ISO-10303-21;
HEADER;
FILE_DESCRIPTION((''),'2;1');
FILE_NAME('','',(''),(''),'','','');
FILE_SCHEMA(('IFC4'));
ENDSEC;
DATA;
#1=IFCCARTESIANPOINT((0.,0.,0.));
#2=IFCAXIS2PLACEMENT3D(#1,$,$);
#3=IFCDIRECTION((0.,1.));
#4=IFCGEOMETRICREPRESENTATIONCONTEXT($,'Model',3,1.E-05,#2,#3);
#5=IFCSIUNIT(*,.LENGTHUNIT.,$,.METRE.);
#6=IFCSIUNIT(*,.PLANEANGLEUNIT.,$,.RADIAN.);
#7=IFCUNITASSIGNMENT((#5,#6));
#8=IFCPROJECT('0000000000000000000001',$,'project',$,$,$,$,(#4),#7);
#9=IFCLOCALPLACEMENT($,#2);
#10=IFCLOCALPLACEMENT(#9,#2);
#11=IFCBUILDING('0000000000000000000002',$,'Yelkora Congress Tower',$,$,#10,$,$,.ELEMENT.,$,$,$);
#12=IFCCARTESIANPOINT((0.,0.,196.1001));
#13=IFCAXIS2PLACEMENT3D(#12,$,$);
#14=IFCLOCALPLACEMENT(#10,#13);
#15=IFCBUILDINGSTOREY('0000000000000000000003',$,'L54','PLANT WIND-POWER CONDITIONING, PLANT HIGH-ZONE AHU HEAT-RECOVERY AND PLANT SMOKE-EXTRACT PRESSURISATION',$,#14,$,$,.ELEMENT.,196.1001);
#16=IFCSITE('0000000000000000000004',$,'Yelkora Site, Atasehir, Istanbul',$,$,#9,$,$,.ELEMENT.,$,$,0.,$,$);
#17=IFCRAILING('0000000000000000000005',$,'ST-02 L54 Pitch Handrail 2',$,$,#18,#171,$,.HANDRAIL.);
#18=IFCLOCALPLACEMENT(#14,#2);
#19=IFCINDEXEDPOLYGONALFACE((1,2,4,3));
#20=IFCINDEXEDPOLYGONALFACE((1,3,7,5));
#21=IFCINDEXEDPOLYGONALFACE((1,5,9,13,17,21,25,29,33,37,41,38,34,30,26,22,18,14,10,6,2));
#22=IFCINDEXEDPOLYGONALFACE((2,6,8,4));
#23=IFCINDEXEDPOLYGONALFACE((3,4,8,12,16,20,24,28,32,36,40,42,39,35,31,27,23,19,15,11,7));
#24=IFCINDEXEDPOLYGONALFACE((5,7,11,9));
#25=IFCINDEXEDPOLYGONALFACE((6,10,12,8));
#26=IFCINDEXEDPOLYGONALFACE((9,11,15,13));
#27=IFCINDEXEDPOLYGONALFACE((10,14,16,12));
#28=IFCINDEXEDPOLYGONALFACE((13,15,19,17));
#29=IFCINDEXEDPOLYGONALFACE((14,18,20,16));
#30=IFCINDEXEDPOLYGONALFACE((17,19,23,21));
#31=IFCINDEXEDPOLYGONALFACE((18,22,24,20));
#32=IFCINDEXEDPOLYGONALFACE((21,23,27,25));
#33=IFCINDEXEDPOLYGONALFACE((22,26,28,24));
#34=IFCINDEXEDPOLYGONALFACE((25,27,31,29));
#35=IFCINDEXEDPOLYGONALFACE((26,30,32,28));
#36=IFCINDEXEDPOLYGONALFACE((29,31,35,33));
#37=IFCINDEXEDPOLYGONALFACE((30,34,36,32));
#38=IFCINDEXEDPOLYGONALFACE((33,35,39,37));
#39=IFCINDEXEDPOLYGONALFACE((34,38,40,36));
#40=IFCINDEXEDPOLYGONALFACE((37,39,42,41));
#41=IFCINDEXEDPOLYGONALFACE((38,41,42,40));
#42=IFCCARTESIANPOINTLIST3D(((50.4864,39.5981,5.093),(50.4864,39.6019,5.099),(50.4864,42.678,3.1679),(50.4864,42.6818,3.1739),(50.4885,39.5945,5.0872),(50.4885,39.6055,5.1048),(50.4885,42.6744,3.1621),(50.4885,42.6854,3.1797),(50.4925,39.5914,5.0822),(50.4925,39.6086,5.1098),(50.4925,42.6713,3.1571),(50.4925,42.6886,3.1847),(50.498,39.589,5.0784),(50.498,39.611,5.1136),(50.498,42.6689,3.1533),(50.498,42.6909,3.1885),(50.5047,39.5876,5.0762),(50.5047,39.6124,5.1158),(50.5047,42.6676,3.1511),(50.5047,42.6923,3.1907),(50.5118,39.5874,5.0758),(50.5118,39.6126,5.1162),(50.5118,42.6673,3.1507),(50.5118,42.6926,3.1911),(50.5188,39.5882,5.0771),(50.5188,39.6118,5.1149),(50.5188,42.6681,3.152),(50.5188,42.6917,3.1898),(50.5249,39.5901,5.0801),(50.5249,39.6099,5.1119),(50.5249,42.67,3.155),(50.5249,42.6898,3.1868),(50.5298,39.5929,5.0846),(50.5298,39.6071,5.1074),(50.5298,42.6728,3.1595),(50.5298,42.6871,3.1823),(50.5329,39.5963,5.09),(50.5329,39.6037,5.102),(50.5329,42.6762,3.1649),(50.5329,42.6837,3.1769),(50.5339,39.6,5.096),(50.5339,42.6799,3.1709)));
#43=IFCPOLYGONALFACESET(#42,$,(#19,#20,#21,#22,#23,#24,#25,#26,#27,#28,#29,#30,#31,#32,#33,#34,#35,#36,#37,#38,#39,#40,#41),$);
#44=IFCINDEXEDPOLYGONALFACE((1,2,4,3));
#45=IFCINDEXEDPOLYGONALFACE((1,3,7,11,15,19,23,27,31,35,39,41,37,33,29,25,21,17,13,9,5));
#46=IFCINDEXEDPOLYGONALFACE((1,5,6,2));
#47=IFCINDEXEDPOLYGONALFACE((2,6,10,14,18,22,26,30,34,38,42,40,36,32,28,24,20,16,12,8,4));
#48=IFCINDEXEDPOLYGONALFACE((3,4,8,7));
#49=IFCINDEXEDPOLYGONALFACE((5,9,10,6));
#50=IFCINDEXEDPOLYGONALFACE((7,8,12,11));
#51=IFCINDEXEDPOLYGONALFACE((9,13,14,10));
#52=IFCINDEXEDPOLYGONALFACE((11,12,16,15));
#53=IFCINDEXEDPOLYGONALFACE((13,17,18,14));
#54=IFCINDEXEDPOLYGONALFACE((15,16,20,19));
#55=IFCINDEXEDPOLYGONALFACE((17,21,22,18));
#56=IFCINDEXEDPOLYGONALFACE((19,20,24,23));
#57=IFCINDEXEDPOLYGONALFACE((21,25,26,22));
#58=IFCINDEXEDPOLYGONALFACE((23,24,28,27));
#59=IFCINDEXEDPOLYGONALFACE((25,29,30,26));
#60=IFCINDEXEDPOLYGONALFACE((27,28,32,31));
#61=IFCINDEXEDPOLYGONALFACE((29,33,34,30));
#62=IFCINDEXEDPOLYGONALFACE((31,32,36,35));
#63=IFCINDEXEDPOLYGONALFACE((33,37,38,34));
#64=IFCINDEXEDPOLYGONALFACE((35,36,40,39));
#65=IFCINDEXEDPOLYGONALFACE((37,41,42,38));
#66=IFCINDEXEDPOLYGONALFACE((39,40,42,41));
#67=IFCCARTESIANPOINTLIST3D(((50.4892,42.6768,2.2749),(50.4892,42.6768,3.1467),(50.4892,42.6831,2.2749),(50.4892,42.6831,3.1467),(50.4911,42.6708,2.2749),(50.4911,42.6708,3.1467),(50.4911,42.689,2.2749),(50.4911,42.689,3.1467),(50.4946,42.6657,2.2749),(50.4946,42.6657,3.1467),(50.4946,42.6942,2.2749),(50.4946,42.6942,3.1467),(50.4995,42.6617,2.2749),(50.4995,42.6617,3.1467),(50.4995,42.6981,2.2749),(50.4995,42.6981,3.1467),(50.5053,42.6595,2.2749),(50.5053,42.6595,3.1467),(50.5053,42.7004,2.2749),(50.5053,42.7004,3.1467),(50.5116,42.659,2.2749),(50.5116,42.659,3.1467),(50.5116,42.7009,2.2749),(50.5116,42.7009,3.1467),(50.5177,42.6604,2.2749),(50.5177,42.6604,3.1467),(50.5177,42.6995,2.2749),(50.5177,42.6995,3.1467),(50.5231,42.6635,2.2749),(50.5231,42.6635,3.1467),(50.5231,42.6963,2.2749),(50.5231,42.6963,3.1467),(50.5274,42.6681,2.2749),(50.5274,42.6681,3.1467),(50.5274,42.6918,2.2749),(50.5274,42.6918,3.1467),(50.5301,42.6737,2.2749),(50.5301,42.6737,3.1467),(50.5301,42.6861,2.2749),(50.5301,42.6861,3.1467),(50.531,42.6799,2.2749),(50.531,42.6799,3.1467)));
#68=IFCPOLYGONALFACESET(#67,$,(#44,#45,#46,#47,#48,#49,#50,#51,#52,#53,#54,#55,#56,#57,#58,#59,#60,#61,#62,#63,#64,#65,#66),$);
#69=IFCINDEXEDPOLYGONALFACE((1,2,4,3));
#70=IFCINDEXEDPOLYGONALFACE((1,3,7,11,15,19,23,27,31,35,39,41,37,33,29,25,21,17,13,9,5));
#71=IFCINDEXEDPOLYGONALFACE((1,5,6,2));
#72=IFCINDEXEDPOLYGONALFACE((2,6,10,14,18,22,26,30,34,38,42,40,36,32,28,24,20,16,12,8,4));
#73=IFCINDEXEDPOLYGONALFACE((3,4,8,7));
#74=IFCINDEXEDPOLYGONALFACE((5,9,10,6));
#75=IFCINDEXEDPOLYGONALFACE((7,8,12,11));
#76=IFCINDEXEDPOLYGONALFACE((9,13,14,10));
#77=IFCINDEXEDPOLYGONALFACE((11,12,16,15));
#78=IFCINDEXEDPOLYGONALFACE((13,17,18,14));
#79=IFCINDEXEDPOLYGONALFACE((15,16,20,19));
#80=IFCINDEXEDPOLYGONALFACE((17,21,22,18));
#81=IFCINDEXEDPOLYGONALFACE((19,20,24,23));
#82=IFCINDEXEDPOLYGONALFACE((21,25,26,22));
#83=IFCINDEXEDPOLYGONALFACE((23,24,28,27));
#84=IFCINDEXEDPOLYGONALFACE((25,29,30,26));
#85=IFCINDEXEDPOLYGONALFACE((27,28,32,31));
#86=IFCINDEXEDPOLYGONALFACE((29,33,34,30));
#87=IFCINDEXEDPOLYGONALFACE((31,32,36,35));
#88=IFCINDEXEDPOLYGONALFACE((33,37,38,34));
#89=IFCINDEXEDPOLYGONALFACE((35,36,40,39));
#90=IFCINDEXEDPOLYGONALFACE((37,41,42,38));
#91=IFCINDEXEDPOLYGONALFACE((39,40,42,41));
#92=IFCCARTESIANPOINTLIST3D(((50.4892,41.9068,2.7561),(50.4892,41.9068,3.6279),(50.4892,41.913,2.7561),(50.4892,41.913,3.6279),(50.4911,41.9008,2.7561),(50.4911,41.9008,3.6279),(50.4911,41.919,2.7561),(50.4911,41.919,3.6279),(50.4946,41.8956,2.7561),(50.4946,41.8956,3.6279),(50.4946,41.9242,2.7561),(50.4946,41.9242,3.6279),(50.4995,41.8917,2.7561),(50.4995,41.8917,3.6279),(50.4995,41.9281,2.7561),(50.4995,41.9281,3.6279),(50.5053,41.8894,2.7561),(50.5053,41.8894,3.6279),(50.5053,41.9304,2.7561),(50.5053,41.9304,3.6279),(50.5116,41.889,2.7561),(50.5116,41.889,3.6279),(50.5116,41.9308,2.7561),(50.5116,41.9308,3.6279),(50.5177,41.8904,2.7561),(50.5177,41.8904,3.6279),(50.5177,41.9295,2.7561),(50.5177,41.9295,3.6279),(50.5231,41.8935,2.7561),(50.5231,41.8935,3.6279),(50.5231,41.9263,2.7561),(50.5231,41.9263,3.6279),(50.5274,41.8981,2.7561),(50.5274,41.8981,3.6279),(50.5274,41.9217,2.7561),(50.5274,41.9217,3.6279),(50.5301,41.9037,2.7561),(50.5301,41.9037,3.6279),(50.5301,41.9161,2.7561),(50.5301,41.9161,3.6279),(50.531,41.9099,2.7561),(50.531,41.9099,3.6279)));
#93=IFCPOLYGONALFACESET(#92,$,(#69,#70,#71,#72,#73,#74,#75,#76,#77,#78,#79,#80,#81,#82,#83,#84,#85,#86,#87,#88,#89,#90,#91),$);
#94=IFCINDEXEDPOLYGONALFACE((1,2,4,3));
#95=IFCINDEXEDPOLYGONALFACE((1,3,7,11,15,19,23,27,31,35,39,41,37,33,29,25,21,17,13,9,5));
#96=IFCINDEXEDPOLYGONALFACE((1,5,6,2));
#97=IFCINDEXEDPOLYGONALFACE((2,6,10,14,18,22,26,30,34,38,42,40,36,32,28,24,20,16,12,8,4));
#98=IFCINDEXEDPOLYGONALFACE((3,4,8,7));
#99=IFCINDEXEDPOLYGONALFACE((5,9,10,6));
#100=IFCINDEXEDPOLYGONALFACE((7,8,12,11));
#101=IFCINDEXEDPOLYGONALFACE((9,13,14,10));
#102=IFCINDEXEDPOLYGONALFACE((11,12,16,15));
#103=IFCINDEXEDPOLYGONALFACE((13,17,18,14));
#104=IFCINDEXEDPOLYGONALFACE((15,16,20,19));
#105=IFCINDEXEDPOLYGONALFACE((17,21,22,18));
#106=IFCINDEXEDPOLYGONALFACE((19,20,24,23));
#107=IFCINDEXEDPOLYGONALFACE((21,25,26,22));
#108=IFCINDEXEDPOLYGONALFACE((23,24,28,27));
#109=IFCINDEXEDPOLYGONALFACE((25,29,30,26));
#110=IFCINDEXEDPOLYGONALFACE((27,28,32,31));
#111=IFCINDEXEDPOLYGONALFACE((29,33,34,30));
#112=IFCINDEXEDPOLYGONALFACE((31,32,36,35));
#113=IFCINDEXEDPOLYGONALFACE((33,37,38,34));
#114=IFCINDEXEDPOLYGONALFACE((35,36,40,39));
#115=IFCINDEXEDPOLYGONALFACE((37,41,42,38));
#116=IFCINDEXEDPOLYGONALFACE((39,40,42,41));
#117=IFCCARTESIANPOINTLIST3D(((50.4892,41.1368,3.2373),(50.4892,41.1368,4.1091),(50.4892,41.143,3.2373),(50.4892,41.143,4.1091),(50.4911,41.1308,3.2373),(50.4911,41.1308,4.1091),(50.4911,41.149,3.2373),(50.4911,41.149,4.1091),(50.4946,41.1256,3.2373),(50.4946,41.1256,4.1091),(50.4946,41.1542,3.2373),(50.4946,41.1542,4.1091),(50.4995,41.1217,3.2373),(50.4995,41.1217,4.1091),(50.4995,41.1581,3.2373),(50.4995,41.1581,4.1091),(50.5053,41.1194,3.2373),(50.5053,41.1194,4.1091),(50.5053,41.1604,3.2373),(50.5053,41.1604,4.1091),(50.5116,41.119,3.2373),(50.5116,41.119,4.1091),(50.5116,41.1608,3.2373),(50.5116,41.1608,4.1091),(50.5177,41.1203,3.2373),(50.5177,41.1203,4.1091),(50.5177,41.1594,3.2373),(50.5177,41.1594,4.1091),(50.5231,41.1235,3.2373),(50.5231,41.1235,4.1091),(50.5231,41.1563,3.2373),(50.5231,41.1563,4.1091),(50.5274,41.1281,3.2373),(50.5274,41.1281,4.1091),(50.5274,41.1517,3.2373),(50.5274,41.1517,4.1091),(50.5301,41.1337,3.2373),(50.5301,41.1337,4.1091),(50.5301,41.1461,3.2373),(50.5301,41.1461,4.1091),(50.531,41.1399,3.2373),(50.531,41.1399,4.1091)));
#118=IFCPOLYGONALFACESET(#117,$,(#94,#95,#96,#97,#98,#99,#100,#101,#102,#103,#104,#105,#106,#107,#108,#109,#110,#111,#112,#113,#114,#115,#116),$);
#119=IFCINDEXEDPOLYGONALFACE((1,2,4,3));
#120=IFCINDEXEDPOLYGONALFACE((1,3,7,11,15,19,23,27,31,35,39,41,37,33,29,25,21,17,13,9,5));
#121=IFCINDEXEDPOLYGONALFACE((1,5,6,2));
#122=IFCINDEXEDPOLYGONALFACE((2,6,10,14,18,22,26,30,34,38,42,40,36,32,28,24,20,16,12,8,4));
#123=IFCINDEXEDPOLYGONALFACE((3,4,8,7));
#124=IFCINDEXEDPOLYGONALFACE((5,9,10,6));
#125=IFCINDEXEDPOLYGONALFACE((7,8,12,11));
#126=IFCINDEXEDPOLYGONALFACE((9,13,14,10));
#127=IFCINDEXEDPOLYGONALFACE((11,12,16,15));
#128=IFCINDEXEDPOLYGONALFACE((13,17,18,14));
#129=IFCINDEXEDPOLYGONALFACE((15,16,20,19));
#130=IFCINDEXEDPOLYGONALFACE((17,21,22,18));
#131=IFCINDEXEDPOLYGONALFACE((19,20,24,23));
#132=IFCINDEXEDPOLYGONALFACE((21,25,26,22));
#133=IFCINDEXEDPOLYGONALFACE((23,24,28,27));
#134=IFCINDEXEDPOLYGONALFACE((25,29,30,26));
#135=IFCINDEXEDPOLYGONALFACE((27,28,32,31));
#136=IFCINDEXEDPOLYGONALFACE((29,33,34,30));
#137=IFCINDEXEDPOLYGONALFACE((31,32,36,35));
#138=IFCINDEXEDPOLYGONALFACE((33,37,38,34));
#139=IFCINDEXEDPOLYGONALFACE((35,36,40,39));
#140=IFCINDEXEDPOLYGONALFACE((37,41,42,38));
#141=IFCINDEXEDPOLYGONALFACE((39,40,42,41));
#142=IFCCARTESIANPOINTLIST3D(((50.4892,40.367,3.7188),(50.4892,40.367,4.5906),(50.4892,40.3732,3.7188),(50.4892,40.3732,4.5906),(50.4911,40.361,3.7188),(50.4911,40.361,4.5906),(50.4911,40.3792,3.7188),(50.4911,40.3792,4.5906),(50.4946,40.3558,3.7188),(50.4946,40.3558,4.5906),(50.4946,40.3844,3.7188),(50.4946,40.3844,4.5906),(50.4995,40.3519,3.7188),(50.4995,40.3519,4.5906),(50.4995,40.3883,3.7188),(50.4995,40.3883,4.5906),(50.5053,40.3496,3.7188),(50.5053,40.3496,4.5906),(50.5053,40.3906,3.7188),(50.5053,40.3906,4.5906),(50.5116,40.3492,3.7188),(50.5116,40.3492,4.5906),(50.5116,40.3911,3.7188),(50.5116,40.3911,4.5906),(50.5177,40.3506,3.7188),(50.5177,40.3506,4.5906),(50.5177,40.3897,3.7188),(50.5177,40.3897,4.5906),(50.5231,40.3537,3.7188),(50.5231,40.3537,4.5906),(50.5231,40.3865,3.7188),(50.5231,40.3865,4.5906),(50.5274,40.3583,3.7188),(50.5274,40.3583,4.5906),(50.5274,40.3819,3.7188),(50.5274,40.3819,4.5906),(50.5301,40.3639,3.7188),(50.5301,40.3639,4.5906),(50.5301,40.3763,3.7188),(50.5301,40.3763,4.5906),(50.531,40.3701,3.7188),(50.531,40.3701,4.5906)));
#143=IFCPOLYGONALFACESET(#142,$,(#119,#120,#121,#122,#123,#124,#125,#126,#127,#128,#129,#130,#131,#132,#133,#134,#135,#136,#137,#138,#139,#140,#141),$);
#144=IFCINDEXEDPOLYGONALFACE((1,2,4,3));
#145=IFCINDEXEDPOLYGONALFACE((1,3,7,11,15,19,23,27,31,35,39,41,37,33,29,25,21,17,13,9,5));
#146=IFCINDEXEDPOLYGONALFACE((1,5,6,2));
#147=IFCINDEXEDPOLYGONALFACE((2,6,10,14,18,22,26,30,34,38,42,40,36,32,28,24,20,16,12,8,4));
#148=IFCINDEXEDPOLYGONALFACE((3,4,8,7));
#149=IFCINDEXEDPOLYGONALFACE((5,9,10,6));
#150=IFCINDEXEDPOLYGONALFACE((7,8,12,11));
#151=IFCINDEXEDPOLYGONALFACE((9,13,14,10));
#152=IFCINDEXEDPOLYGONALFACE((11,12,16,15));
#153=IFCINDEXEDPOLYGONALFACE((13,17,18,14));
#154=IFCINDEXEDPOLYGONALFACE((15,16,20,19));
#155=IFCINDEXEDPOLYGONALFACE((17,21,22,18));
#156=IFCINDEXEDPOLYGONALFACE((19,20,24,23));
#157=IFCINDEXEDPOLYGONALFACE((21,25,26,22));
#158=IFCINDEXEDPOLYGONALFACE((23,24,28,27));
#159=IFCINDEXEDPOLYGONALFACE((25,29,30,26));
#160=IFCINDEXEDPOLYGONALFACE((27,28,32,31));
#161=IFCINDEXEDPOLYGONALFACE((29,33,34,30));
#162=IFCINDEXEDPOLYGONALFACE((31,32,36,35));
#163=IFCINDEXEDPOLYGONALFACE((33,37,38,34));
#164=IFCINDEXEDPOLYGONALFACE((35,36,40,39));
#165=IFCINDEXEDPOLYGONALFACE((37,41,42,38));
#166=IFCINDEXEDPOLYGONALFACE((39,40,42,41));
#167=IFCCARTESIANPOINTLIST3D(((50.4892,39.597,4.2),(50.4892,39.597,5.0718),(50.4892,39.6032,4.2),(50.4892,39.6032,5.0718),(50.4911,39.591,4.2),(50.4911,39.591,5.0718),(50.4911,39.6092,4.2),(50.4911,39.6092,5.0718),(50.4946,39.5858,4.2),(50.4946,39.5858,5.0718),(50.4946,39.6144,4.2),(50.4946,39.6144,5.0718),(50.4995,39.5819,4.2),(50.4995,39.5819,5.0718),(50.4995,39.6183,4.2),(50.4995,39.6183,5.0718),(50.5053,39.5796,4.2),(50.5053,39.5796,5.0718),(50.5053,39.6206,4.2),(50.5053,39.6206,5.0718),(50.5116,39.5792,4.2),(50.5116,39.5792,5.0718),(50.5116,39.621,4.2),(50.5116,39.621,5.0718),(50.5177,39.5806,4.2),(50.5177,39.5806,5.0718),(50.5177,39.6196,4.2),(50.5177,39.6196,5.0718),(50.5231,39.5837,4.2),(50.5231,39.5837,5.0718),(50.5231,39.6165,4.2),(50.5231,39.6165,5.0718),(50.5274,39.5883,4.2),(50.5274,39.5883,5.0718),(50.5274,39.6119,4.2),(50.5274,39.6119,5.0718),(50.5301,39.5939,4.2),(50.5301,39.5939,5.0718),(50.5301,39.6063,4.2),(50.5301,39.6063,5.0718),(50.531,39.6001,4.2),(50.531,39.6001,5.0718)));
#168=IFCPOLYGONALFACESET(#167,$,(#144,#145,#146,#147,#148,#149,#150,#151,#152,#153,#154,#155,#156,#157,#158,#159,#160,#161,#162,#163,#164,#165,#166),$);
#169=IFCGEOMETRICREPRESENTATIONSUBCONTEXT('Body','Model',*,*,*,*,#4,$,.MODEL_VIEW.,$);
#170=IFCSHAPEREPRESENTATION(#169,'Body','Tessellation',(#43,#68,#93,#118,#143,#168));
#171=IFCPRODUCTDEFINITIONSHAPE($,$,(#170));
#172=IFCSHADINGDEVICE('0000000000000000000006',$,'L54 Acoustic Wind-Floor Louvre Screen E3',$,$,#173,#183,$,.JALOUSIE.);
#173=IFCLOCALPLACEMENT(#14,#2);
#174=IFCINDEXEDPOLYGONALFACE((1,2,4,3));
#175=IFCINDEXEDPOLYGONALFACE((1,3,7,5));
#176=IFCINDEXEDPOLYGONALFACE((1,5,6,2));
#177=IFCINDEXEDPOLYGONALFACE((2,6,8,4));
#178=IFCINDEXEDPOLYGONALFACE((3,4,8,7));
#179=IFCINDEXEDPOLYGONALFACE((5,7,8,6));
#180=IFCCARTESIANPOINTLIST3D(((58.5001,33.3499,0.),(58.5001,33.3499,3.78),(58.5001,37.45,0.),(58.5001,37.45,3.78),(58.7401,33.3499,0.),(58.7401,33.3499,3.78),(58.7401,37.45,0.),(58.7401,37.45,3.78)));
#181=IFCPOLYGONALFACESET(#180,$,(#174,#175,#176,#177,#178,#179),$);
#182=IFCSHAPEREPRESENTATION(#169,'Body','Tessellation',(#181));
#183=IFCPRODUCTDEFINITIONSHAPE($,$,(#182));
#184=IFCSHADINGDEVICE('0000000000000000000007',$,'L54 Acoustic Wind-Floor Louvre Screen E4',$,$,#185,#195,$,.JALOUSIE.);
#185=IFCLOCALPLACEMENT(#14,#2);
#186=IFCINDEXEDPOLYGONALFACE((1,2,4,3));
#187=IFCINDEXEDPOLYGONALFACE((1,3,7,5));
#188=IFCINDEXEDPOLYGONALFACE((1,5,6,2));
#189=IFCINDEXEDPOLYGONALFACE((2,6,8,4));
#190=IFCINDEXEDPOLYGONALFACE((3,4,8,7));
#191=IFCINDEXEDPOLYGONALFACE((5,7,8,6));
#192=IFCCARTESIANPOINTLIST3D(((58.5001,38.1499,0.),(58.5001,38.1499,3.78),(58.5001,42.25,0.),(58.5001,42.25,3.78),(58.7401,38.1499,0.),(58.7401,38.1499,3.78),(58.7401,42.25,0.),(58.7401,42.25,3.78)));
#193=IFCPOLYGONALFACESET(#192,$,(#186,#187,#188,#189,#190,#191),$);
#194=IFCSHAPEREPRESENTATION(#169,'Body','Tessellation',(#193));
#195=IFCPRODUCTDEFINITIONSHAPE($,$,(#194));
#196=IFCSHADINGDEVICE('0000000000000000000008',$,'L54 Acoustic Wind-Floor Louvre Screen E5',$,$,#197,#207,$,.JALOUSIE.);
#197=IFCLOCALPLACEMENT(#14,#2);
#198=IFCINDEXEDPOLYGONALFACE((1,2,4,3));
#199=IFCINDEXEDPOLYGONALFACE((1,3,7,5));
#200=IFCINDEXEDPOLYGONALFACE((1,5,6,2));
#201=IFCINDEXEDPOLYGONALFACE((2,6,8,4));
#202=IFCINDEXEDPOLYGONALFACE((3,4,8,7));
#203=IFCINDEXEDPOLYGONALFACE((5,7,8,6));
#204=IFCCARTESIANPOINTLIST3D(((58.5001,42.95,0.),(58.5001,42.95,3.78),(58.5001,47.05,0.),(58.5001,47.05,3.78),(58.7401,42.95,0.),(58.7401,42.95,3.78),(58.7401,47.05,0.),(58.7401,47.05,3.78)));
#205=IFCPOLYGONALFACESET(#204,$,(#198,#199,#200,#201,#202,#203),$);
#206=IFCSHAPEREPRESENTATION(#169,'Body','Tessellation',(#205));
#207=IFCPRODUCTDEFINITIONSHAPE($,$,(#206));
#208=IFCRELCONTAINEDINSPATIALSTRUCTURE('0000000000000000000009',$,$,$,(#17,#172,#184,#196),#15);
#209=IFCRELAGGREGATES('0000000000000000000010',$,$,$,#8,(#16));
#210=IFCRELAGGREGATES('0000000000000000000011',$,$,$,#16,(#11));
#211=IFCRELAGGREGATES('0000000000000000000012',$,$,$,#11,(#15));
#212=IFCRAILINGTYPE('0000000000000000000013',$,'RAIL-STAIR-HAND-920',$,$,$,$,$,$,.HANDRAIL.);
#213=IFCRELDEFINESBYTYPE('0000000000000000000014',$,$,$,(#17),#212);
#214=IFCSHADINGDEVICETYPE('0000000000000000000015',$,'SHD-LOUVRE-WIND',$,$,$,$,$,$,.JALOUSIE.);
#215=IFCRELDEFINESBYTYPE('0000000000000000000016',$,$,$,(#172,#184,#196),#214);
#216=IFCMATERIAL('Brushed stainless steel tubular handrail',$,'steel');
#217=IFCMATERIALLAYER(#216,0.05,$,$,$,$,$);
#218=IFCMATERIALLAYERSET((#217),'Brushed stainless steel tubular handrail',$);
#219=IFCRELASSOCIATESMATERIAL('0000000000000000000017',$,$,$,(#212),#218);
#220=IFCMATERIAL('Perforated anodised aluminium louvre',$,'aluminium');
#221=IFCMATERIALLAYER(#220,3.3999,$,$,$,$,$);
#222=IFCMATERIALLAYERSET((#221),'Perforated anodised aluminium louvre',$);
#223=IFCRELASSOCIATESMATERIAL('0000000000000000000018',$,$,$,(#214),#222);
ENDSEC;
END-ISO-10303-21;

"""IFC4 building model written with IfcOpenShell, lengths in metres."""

from ifc_helpers import new_model, si_unit, direction, frame, origin, origin_2d, place, context, subcontext, project, spatial, rectangle, circle, extrude, material, layer, layer_set, type_object, element, save


model = new_model("IFC4")

# Units and contexts
model_context = context("Model", 3, precision=1e-05, world=origin(), true_north=direction((0.0, 1.0)))
body_context = subcontext(model_context, "Body", "Model", "MODEL_VIEW")
ifc_project = project(units=[si_unit("LENGTHUNIT", "METRE"), si_unit("PLANEANGLEUNIT", "RADIAN")], contexts=[model_context])

# Site, building, storey
site_placement = place(None, origin())
site = spatial("IfcSite", under=ifc_project, at=site_placement, Name="Yelkora Site, Atasehir, Istanbul", CompositionType="ELEMENT", RefElevation=0.0)
building_placement = place(site_placement, origin())
building = spatial("IfcBuilding", under=site, at=building_placement, Name="Yelkora Congress Tower", CompositionType="ELEMENT")
storey_placement = place(building_placement, frame((0.0, 0.0, 196.1001)))
storey = spatial("IfcBuildingStorey", under=building, at=storey_placement, Name="L54", Description="PLANT WIND-POWER CONDITIONING, PLANT HIGH-ZONE AHU HEAT-RECOVERY AND PLANT SMOKE-EXTRACT PRESSURISATION", CompositionType="ELEMENT", Elevation=196.1001)

# Railing
ifc_material_1 = material(Name="Brushed stainless steel tubular handrail", Category="steel")
ifc_layer_1 = layer(ifc_material_1, 0.05)
ifc_layer_set_1 = layer_set([ifc_layer_1], Name="Brushed stainless steel tubular handrail")
railing_type_1 = type_object("IfcRailingType", Name="RAIL-STAIR-HAND-920", PredefinedType="HANDRAIL", material=ifc_layer_set_1)
railing_1_placement = place(storey_placement, frame((50.51, 42.6799, 2.2749)))
element("IfcRailing", 1, at=railing_1_placement, inside=storey, type_object=railing_type_1, Name="ST-02 L54 Pitch Handrail 2", PredefinedType="HANDRAIL", context=body_context, shape_type="SweptSolid", body=[
    extrude(circle(Radius=0.0239, at=origin_2d()), frame((0.0, 0.0, 0.896), z_axis=(0.0, -0.847979, 0.530029), x_axis=(1.0, 0.0, 0.0)), (0.0, 0.0, 1.0), 3.6321),
    extrude(circle(Radius=0.021, at=origin_2d()), origin(), (0.0, 0.0, 1.0), 0.8718),
    extrude(circle(Radius=0.021, at=origin_2d()), frame((0.0, -0.77, 0.4812)), (0.0, 0.0, 1.0), 0.8718),
    extrude(circle(Radius=0.021, at=origin_2d()), frame((0.0, -1.54, 0.9624)), (0.0, 0.0, 1.0), 0.8718),
    extrude(circle(Radius=0.021, at=origin_2d()), frame((0.0, -2.3098, 1.4438)), (0.0, 0.0, 1.0), 0.8718),
    extrude(circle(Radius=0.021, at=origin_2d()), frame((0.0, -3.0798, 1.925)), (0.0, 0.0, 1.0), 0.8718),
])

# Shading devices
ifc_material_2 = material(Name="Perforated anodised aluminium louvre", Category="aluminium")
ifc_layer_2 = layer(ifc_material_2, 3.3999)
ifc_layer_set_2 = layer_set([ifc_layer_2], Name="Perforated anodised aluminium louvre")
shading_device_type = type_object("IfcShadingDeviceType", Name="SHD-LOUVRE-WIND", PredefinedType="JALOUSIE", material=ifc_layer_set_2)
for number, where, z_axis, x_axis, name in (
    (2, (58.6201, 35.3999, 0.0), (0.0, 0.0, 1.0), (1.0, 0.0, 0.0), "L54 Acoustic Wind-Floor Louvre Screen E3"),
    (3, (58.6201, 40.2, 0.0), (0.0, 0.0, 1.0), (1.0, 0.0, 0.0), "L54 Acoustic Wind-Floor Louvre Screen E4"),
    (4, (58.6201, 45.0, 0.0), (0.0, 0.0, 1.0), (1.0, 0.0, 0.0), "L54 Acoustic Wind-Floor Louvre Screen E5"),
):
    element("IfcShadingDevice", number, at=place(storey_placement, frame(where, z_axis=z_axis, x_axis=x_axis)), inside=storey, type_object=shading_device_type, Name=name, PredefinedType="JALOUSIE", context=body_context, shape_type="SweptSolid", body=[
        extrude(rectangle(XDim=0.24, YDim=4.1001, at=origin_2d()), origin(), (0.0, 0.0, 1.0), 3.78),
    ])

save(model, "model.ifc")
